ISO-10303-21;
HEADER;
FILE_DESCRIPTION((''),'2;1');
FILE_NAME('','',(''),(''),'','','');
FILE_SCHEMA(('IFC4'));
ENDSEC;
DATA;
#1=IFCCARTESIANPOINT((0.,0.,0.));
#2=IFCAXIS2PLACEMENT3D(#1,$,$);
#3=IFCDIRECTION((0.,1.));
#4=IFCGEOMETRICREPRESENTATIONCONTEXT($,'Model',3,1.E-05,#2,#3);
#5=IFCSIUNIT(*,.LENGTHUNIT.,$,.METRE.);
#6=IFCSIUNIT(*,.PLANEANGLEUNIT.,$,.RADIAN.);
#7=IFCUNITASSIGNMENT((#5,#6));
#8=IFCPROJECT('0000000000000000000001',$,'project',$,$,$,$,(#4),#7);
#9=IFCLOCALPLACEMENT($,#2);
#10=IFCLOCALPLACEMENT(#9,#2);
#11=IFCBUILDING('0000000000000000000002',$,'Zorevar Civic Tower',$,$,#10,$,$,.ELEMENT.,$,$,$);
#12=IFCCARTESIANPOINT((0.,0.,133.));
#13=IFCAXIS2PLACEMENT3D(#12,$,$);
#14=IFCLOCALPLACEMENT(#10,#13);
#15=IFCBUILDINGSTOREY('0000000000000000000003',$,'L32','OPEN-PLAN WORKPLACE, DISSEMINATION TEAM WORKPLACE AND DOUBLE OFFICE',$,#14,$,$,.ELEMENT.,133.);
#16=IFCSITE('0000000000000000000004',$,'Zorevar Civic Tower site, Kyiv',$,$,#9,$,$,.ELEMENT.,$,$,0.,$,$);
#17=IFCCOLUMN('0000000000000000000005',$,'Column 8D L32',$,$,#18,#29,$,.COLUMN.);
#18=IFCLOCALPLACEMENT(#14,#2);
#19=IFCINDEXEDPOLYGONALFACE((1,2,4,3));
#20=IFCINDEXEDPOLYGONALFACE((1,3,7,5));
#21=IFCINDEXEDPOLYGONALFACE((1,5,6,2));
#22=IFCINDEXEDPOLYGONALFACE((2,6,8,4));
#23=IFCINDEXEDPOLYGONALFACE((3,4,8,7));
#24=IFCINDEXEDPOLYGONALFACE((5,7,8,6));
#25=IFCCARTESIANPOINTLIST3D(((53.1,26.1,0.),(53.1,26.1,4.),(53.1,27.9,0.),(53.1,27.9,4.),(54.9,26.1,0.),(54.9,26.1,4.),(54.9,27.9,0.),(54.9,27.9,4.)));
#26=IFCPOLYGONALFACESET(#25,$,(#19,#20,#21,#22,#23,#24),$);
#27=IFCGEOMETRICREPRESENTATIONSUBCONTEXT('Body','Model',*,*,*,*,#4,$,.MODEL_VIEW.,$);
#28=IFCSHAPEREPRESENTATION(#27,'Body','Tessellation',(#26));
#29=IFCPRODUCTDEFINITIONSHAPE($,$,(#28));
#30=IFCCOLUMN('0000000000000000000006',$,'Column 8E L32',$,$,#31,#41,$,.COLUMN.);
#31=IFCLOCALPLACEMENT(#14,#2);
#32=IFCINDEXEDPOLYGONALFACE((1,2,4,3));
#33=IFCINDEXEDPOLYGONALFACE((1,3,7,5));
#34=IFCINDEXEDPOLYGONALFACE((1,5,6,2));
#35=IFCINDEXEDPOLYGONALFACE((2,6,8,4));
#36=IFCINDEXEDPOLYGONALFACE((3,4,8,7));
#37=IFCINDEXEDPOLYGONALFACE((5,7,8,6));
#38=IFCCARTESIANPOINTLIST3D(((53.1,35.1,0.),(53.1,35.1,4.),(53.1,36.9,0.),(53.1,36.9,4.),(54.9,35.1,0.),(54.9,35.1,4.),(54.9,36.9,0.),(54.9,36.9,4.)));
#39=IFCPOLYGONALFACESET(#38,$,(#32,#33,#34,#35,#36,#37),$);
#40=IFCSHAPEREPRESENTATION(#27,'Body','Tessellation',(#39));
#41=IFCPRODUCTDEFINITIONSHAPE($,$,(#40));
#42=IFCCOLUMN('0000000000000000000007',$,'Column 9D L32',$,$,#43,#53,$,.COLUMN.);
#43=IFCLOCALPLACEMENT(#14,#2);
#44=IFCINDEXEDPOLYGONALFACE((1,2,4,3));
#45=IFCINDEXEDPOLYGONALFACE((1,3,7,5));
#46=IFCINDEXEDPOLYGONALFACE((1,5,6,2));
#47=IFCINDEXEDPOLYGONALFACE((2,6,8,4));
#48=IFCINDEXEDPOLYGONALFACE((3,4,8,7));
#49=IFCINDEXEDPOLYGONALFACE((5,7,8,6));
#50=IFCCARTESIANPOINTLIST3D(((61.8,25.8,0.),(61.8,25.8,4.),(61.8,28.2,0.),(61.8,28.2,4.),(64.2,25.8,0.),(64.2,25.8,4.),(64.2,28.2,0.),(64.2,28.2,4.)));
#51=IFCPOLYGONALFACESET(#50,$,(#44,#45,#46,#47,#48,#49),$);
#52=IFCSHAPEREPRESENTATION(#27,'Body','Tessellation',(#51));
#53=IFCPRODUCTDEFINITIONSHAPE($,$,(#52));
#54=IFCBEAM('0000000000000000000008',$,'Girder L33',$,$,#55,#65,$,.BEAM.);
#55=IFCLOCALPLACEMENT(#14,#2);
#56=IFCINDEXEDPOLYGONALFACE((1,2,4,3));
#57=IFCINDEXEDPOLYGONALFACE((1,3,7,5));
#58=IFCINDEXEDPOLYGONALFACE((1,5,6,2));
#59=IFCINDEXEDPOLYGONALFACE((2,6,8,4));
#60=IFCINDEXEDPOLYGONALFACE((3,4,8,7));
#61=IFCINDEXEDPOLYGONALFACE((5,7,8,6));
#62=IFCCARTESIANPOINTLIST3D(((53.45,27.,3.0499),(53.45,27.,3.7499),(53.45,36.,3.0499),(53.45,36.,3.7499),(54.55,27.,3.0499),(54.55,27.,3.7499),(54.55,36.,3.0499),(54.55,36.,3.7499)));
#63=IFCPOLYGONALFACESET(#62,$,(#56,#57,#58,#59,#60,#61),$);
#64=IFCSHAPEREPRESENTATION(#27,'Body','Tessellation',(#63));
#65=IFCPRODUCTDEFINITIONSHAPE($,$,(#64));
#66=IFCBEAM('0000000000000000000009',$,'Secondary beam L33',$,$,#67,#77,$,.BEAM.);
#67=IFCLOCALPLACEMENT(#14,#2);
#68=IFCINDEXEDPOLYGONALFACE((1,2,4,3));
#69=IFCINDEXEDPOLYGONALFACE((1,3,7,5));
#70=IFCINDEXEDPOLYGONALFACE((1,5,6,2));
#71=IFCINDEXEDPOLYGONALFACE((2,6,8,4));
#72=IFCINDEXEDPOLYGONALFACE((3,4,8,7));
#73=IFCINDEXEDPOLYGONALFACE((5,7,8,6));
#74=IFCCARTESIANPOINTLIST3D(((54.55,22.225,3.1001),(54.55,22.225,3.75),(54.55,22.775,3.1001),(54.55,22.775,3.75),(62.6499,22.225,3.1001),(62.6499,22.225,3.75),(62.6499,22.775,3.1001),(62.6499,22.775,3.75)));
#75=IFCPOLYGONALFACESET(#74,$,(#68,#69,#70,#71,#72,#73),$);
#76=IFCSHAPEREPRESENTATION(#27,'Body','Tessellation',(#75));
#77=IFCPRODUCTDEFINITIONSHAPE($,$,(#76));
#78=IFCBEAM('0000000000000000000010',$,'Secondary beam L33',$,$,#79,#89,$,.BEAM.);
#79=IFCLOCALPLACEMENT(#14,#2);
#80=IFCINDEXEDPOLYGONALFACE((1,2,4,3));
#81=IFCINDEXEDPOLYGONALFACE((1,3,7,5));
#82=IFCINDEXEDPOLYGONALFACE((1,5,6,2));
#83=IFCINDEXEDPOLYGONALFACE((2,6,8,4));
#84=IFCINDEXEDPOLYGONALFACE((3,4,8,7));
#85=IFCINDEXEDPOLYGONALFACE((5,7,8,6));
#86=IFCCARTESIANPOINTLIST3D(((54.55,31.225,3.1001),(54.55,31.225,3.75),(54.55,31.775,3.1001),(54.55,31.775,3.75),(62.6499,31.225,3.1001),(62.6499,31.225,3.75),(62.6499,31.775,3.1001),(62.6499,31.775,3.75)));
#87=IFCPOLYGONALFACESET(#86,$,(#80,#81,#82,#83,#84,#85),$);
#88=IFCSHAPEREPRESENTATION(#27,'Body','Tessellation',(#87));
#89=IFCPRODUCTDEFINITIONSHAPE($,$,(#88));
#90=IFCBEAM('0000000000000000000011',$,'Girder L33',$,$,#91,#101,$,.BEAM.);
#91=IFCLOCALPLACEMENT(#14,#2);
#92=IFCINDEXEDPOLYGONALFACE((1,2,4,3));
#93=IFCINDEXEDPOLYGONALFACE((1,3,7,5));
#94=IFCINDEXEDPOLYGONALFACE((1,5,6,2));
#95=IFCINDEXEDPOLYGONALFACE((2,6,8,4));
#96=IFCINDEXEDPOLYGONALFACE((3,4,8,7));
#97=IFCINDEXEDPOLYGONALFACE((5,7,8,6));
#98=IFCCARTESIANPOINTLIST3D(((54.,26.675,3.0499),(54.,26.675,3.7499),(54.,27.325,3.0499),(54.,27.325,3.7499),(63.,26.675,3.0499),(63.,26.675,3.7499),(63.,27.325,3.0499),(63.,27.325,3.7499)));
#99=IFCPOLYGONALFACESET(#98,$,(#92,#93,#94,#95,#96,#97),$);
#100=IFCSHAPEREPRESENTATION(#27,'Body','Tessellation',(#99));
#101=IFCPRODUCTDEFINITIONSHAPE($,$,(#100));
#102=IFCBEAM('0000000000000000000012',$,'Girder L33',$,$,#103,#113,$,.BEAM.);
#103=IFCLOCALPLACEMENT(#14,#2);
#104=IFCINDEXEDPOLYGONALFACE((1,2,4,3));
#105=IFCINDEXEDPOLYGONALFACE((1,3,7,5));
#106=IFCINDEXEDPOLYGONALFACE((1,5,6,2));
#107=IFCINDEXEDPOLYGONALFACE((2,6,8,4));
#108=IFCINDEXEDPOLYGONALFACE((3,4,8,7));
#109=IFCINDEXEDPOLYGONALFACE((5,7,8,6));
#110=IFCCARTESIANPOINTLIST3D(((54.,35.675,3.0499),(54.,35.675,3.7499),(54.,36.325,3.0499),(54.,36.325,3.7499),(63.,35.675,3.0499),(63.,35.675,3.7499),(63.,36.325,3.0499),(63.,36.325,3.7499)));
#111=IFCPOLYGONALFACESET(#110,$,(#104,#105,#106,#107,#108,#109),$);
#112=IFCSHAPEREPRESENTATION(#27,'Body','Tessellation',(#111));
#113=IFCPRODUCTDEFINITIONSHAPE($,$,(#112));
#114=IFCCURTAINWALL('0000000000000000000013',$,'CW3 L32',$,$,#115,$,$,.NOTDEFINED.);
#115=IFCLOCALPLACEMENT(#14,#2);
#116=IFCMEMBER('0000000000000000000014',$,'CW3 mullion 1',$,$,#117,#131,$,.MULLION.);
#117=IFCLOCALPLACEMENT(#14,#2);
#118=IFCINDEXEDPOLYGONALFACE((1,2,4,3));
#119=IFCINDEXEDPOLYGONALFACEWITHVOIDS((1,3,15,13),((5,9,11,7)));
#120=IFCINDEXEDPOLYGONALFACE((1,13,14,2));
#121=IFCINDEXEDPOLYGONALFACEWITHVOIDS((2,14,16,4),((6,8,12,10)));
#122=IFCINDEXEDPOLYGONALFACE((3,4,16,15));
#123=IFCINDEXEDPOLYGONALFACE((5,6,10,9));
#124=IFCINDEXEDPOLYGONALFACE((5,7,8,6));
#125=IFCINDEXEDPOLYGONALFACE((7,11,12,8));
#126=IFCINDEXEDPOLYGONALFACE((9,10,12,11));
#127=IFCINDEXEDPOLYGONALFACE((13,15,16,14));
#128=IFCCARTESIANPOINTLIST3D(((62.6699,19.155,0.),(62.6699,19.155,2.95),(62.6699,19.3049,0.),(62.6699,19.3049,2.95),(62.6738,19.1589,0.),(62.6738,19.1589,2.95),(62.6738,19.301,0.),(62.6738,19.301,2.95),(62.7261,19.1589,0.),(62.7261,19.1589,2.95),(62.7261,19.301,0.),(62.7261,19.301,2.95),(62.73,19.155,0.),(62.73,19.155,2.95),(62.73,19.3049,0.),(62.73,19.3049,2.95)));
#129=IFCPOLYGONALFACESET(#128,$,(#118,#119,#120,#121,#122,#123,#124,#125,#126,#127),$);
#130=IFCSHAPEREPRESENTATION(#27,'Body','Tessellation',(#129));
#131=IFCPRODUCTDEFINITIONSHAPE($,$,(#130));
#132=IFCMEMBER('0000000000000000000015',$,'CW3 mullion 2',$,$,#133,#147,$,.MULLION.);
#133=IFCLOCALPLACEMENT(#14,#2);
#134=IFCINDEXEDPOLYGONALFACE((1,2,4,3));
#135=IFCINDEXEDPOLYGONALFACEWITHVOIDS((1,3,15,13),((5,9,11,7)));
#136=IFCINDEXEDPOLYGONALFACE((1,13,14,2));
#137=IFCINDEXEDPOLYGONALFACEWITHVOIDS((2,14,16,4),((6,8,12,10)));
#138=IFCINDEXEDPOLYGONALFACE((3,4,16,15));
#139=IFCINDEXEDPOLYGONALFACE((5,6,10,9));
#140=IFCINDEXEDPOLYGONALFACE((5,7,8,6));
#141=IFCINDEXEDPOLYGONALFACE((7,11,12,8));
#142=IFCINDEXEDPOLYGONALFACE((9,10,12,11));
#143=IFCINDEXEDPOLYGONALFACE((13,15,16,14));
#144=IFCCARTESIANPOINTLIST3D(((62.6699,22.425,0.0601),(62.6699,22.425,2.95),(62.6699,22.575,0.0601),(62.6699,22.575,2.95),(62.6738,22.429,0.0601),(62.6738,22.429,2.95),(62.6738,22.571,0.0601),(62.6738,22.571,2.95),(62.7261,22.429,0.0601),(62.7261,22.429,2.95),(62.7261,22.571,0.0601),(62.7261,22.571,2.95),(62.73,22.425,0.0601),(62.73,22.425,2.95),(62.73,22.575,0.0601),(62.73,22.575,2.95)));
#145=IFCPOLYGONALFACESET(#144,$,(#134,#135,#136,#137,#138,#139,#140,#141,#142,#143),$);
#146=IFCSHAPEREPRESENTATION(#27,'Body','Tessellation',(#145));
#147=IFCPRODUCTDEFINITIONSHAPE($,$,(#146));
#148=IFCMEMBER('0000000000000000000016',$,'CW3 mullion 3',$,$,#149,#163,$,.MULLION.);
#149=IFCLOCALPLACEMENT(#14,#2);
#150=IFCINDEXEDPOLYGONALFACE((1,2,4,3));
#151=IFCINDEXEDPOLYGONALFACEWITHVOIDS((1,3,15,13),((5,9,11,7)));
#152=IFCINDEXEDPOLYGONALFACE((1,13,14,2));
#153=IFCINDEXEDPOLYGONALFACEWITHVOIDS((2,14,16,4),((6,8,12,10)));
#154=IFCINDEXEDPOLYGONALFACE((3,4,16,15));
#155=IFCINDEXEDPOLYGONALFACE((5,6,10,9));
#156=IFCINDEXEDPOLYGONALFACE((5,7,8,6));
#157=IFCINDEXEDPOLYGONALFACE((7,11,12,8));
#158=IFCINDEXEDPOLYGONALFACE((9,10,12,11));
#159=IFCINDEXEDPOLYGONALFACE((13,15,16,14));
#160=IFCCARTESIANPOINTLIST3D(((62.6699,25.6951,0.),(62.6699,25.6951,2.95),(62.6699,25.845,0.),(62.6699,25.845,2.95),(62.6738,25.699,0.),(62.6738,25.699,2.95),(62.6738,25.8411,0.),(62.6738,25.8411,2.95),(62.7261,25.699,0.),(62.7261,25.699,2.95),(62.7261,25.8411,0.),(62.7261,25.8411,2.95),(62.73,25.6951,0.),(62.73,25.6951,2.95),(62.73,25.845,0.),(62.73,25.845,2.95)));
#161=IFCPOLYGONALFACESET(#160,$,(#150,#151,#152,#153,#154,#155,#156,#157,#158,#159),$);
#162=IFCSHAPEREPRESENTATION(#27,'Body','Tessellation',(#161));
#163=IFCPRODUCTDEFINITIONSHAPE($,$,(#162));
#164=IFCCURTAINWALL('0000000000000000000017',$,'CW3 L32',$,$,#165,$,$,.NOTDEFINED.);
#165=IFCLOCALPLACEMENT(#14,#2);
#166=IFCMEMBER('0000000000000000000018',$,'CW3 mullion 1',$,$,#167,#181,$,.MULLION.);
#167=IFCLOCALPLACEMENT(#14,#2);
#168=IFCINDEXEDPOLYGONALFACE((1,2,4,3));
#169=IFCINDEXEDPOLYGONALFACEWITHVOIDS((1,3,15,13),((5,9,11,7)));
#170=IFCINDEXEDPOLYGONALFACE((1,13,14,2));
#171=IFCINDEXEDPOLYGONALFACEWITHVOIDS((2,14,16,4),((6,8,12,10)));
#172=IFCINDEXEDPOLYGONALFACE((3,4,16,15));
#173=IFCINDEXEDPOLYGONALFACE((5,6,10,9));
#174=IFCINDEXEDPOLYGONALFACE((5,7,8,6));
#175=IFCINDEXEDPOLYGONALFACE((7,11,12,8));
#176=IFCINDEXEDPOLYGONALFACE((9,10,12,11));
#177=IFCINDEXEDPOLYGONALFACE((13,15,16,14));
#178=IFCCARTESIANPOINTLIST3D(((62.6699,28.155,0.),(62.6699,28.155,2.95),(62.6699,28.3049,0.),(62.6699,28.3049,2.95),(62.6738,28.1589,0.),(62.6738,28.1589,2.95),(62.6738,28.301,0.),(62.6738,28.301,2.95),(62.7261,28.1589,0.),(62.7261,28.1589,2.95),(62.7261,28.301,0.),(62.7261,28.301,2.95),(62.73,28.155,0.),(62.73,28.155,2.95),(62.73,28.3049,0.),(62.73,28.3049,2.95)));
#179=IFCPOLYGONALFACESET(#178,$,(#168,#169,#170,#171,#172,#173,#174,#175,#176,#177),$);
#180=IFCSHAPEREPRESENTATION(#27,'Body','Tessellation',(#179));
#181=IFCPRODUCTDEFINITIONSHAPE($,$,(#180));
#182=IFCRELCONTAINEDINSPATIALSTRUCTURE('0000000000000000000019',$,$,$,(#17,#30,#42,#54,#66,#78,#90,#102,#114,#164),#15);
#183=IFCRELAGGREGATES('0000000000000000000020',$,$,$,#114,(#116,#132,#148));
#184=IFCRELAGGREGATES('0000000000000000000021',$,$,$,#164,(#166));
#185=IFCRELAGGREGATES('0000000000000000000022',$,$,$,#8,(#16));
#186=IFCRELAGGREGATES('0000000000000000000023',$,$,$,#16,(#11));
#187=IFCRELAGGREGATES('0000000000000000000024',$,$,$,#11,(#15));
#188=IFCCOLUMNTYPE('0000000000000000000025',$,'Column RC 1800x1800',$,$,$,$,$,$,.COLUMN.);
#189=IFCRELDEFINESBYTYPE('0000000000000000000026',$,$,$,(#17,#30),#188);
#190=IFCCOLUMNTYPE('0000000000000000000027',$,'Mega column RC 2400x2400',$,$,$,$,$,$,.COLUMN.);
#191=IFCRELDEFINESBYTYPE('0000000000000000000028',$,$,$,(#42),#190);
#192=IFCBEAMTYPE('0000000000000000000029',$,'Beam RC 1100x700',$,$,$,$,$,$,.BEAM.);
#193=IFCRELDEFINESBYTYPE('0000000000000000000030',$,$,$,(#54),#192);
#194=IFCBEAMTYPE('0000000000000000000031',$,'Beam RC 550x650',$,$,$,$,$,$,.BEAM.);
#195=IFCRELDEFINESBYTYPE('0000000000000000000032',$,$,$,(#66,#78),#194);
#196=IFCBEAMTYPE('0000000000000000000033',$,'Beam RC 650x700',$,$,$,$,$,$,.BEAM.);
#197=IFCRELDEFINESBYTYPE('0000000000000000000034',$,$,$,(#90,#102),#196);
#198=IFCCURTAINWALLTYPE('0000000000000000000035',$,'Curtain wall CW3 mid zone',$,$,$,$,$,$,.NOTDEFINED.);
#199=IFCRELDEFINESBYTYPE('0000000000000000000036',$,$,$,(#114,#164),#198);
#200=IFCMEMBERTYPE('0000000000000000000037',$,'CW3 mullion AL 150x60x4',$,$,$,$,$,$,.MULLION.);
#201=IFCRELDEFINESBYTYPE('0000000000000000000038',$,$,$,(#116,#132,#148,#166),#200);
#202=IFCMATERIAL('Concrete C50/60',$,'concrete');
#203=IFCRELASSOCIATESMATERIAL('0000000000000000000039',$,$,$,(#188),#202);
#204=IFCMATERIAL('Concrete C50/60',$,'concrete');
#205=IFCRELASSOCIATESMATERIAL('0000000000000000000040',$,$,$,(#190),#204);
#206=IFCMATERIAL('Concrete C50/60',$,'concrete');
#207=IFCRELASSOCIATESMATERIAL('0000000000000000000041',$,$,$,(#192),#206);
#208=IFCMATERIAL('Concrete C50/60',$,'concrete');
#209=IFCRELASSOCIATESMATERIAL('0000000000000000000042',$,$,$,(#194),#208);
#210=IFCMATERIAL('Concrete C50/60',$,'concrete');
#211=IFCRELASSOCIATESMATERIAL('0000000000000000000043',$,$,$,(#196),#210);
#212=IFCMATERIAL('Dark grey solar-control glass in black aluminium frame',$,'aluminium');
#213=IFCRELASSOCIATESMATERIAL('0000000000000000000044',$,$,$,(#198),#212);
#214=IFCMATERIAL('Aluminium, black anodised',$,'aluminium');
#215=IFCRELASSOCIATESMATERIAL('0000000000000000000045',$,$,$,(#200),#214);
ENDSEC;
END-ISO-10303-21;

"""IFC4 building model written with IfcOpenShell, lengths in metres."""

from ifc_helpers import new_model, si_unit, direction, frame, origin, origin_2d, place, context, subcontext, project, spatial, rectangle, hollow_rectangle, extrude, material, material_profile, profile_set, type_object, element, aggregate, save


model = new_model("IFC4")

# Units and contexts
model_context = context("Model", 3, precision=1e-05, world=origin(), true_north=direction((0.0, 1.0)))
body_context = subcontext(model_context, "Body", "Model", "MODEL_VIEW")
ifc_project = project(units=[si_unit("LENGTHUNIT", "METRE"), si_unit("PLANEANGLEUNIT", "RADIAN")], contexts=[model_context])

# Site, building, storey
site_placement = place(None, origin())
site = spatial("IfcSite", under=ifc_project, at=site_placement, Name="Zorevar Civic Tower site, Kyiv", CompositionType="ELEMENT", RefElevation=0.0)
building_placement = place(site_placement, origin())
building = spatial("IfcBuilding", under=site, at=building_placement, Name="Zorevar Civic Tower", CompositionType="ELEMENT")
storey_placement = place(building_placement, frame((0.0, 0.0, 133.0)))
storey = spatial("IfcBuildingStorey", under=building, at=storey_placement, Name="L32", Description="OPEN-PLAN WORKPLACE, DISSEMINATION TEAM WORKPLACE AND DOUBLE OFFICE", CompositionType="ELEMENT", Elevation=133.0)

# Columns
ifc_material_1 = material(Name="Concrete C50/60", Category="concrete")
ifc_material_profile_1 = material_profile(ifc_material_1, rectangle(XDim=1.8, YDim=1.8, at=origin_2d()), Name="RC 1800x1800")
ifc_profile_set_1 = profile_set([ifc_material_profile_1], Name="Concrete C50/60")
column_type_1 = type_object("IfcColumnType", Name="Column RC 1800x1800", PredefinedType="COLUMN", material=ifc_profile_set_1)
for number, where, z_axis, x_axis, name in (
    (1, (54.0, 27.0, 0.0), (0.0, 0.0, 1.0), (1.0, 0.0, 0.0), "Column 8D L32"),
    (2, (54.0, 36.0, 0.0), (0.0, 0.0, 1.0), (1.0, 0.0, 0.0), "Column 8E L32"),
):
    element("IfcColumn", number, at=place(storey_placement, frame(where, z_axis=z_axis, x_axis=x_axis)), inside=storey, type_object=column_type_1, Name=name, PredefinedType="COLUMN", context=body_context, shape_type="SweptSolid", body=[
        extrude(rectangle(XDim=1.8, YDim=1.8, at=origin_2d()), origin(), (0.0, 0.0, 1.0), 4.0),
    ])
ifc_material_2 = material(Name="Concrete C50/60", Category="concrete")
ifc_material_profile_2 = material_profile(ifc_material_2, rectangle(XDim=2.3999, YDim=2.3999, at=origin_2d()), Name="RC 2400x2400")
ifc_profile_set_2 = profile_set([ifc_material_profile_2], Name="Concrete C50/60")
column_type_2 = type_object("IfcColumnType", Name="Mega column RC 2400x2400", PredefinedType="COLUMN", material=ifc_profile_set_2)
column_placement = place(storey_placement, frame((63.0, 27.0, 0.0), z_axis=(0.0, 0.0, 1.0), x_axis=(1.0, 0.0, 0.0)))
element("IfcColumn", 3, at=column_placement, inside=storey, type_object=column_type_2, Name="Column 9D L32", PredefinedType="COLUMN", context=body_context, shape_type="SweptSolid", body=[
    extrude(rectangle(XDim=2.3999, YDim=2.3999, at=origin_2d()), origin(), (0.0, 0.0, 1.0), 4.0),
])

# Beams
ifc_material_3 = material(Name="Concrete C50/60", Category="concrete")
ifc_material_profile_3 = material_profile(ifc_material_3, rectangle(XDim=1.1001, YDim=0.7, at=origin_2d()), Name="RC 1100x700")
ifc_profile_set_3 = profile_set([ifc_material_profile_3], Name="Concrete C50/60")
beam_type_1 = type_object("IfcBeamType", Name="Beam RC 1100x700", PredefinedType="BEAM", material=ifc_profile_set_3)
beam_1_placement = place(storey_placement, frame((54.0, 27.0, 3.3999), z_axis=(0.0, 1.0, 0.0), x_axis=(-1.0, 0.0, 0.0)))
element("IfcBeam", 4, at=beam_1_placement, inside=storey, type_object=beam_type_1, Name="Girder L33", PredefinedType="BEAM", context=body_context, shape_type="SweptSolid", body=[
    extrude(rectangle(XDim=1.1001, YDim=0.7, at=origin_2d()), origin(), (0.0, 0.0, 1.0), 9.0),
])
ifc_material_4 = material(Name="Concrete C50/60", Category="concrete")
ifc_material_profile_4 = material_profile(ifc_material_4, rectangle(XDim=0.55, YDim=0.6499, at=origin_2d()), Name="RC 550x650")
ifc_profile_set_4 = profile_set([ifc_material_profile_4], Name="Concrete C50/60")
beam_type_2 = type_object("IfcBeamType", Name="Beam RC 550x650", PredefinedType="BEAM", material=ifc_profile_set_4)
for number, where, z_axis, x_axis, name in (
    (5, (54.55, 22.5, 3.425), (1.0, 0.0, 0.0), (0.0, 1.0, 0.0), "Secondary beam L33"),
    (6, (54.55, 31.5, 3.425), (1.0, 0.0, 0.0), (0.0, 1.0, 0.0), "Secondary beam L33"),
):
    element("IfcBeam", number, at=place(storey_placement, frame(where, z_axis=z_axis, x_axis=x_axis)), inside=storey, type_object=beam_type_2, Name=name, PredefinedType="BEAM", context=body_context, shape_type="SweptSolid", body=[
        extrude(rectangle(XDim=0.55, YDim=0.6499, at=origin_2d()), origin(), (0.0, 0.0, 1.0), 8.0999),
    ])
ifc_material_5 = material(Name="Concrete C50/60", Category="concrete")
ifc_material_profile_5 = material_profile(ifc_material_5, rectangle(XDim=0.6499, YDim=0.7, at=origin_2d()), Name="RC 650x700")
ifc_profile_set_5 = profile_set([ifc_material_profile_5], Name="Concrete C50/60")
beam_type_3 = type_object("IfcBeamType", Name="Beam RC 650x700", PredefinedType="BEAM", material=ifc_profile_set_5)
for number, where, z_axis, x_axis, name in (
    (7, (54.0, 27.0, 3.3999), (1.0, 0.0, 0.0), (0.0, 1.0, 0.0), "Girder L33"),
    (8, (54.0, 36.0, 3.3999), (1.0, 0.0, 0.0), (0.0, 1.0, 0.0), "Girder L33"),
):
    element("IfcBeam", number, at=place(storey_placement, frame(where, z_axis=z_axis, x_axis=x_axis)), inside=storey, type_object=beam_type_3, Name=name, PredefinedType="BEAM", context=body_context, shape_type="SweptSolid", body=[
        extrude(rectangle(XDim=0.6499, YDim=0.7, at=origin_2d()), origin(), (0.0, 0.0, 1.0), 9.0),
    ])

# Curtain walls, members
ifc_material_6 = material(Name="Dark grey solar-control glass in black aluminium frame", Category="aluminium")
curtain_wall_type = type_object("IfcCurtainWallType", Name="Curtain wall CW3 mid zone", PredefinedType="NOTDEFINED", material=ifc_material_6)
curtain_wall_1_placement = place(storey_placement, origin())
curtain_wall_1 = element("IfcCurtainWall", 9, at=curtain_wall_1_placement, inside=storey, type_object=curtain_wall_type, Name="CW3 L32", PredefinedType="NOTDEFINED")
ifc_material_7 = material(Name="Aluminium, black anodised", Category="aluminium")
ifc_material_profile_6 = material_profile(ifc_material_7, hollow_rectangle(XDim=0.0601, YDim=0.1499, WallThickness=0.0039, at=origin_2d()), Name="AL 150x60x4")
ifc_profile_set_6 = profile_set([ifc_material_profile_6], Name="Aluminium, black anodised")
member_type_1 = type_object("IfcMemberType", Name="CW3 mullion AL 150x60x4", PredefinedType="MULLION", material=ifc_profile_set_6)
member_1_placement = place(storey_placement, frame((62.7, 19.23, 0.0), z_axis=(0.0, 0.0, 1.0), x_axis=(-1.0, 0.0, 0.0)))
member_1 = element("IfcMember", 10, at=member_1_placement, type_object=member_type_1, Name="CW3 mullion 1", PredefinedType="MULLION", context=body_context, shape_type="SweptSolid", body=[
    extrude(hollow_rectangle(XDim=0.0601, YDim=0.1499, WallThickness=0.0039, at=origin_2d()), origin(), (0.0, 0.0, 1.0), 2.95),
])
member_2_placement = place(storey_placement, frame((62.7, 22.5, 0.0601), z_axis=(0.0, 0.0, 1.0), x_axis=(-1.0, 0.0, 0.0)))
member_2 = element("IfcMember", 11, at=member_2_placement, type_object=member_type_1, Name="CW3 mullion 2", PredefinedType="MULLION", context=body_context, shape_type="SweptSolid", body=[
    extrude(hollow_rectangle(XDim=0.0601, YDim=0.1499, WallThickness=0.0039, at=origin_2d()), origin(), (0.0, 0.0, 1.0), 2.8899),
])
member_3_placement = place(storey_placement, frame((62.7, 25.77, 0.0), z_axis=(0.0, 0.0, 1.0), x_axis=(-1.0, 0.0, 0.0)))
member_3 = element("IfcMember", 12, at=member_3_placement, type_object=member_type_1, Name="CW3 mullion 3", PredefinedType="MULLION", context=body_context, shape_type="SweptSolid", body=[
    extrude(hollow_rectangle(XDim=0.0601, YDim=0.1499, WallThickness=0.0039, at=origin_2d()), origin(), (0.0, 0.0, 1.0), 2.95),
])
curtain_wall_2_placement = place(storey_placement, origin())
curtain_wall_2 = element("IfcCurtainWall", 13, at=curtain_wall_2_placement, inside=storey, type_object=curtain_wall_type, Name="CW3 L32", PredefinedType="NOTDEFINED")
member_4_placement = place(storey_placement, frame((62.7, 28.23, 0.0), z_axis=(0.0, 0.0, 1.0), x_axis=(-1.0, 0.0, 0.0)))
member_4 = element("IfcMember", 14, at=member_4_placement, type_object=member_type_1, Name="CW3 mullion 1", PredefinedType="MULLION", context=body_context, shape_type="SweptSolid", body=[
    extrude(hollow_rectangle(XDim=0.0601, YDim=0.1499, WallThickness=0.0039, at=origin_2d()), origin(), (0.0, 0.0, 1.0), 2.95),
])

aggregate(curtain_wall_1, [member_1, member_2, member_3])
aggregate(curtain_wall_2, [member_4])

save(model, "model.ifc")
